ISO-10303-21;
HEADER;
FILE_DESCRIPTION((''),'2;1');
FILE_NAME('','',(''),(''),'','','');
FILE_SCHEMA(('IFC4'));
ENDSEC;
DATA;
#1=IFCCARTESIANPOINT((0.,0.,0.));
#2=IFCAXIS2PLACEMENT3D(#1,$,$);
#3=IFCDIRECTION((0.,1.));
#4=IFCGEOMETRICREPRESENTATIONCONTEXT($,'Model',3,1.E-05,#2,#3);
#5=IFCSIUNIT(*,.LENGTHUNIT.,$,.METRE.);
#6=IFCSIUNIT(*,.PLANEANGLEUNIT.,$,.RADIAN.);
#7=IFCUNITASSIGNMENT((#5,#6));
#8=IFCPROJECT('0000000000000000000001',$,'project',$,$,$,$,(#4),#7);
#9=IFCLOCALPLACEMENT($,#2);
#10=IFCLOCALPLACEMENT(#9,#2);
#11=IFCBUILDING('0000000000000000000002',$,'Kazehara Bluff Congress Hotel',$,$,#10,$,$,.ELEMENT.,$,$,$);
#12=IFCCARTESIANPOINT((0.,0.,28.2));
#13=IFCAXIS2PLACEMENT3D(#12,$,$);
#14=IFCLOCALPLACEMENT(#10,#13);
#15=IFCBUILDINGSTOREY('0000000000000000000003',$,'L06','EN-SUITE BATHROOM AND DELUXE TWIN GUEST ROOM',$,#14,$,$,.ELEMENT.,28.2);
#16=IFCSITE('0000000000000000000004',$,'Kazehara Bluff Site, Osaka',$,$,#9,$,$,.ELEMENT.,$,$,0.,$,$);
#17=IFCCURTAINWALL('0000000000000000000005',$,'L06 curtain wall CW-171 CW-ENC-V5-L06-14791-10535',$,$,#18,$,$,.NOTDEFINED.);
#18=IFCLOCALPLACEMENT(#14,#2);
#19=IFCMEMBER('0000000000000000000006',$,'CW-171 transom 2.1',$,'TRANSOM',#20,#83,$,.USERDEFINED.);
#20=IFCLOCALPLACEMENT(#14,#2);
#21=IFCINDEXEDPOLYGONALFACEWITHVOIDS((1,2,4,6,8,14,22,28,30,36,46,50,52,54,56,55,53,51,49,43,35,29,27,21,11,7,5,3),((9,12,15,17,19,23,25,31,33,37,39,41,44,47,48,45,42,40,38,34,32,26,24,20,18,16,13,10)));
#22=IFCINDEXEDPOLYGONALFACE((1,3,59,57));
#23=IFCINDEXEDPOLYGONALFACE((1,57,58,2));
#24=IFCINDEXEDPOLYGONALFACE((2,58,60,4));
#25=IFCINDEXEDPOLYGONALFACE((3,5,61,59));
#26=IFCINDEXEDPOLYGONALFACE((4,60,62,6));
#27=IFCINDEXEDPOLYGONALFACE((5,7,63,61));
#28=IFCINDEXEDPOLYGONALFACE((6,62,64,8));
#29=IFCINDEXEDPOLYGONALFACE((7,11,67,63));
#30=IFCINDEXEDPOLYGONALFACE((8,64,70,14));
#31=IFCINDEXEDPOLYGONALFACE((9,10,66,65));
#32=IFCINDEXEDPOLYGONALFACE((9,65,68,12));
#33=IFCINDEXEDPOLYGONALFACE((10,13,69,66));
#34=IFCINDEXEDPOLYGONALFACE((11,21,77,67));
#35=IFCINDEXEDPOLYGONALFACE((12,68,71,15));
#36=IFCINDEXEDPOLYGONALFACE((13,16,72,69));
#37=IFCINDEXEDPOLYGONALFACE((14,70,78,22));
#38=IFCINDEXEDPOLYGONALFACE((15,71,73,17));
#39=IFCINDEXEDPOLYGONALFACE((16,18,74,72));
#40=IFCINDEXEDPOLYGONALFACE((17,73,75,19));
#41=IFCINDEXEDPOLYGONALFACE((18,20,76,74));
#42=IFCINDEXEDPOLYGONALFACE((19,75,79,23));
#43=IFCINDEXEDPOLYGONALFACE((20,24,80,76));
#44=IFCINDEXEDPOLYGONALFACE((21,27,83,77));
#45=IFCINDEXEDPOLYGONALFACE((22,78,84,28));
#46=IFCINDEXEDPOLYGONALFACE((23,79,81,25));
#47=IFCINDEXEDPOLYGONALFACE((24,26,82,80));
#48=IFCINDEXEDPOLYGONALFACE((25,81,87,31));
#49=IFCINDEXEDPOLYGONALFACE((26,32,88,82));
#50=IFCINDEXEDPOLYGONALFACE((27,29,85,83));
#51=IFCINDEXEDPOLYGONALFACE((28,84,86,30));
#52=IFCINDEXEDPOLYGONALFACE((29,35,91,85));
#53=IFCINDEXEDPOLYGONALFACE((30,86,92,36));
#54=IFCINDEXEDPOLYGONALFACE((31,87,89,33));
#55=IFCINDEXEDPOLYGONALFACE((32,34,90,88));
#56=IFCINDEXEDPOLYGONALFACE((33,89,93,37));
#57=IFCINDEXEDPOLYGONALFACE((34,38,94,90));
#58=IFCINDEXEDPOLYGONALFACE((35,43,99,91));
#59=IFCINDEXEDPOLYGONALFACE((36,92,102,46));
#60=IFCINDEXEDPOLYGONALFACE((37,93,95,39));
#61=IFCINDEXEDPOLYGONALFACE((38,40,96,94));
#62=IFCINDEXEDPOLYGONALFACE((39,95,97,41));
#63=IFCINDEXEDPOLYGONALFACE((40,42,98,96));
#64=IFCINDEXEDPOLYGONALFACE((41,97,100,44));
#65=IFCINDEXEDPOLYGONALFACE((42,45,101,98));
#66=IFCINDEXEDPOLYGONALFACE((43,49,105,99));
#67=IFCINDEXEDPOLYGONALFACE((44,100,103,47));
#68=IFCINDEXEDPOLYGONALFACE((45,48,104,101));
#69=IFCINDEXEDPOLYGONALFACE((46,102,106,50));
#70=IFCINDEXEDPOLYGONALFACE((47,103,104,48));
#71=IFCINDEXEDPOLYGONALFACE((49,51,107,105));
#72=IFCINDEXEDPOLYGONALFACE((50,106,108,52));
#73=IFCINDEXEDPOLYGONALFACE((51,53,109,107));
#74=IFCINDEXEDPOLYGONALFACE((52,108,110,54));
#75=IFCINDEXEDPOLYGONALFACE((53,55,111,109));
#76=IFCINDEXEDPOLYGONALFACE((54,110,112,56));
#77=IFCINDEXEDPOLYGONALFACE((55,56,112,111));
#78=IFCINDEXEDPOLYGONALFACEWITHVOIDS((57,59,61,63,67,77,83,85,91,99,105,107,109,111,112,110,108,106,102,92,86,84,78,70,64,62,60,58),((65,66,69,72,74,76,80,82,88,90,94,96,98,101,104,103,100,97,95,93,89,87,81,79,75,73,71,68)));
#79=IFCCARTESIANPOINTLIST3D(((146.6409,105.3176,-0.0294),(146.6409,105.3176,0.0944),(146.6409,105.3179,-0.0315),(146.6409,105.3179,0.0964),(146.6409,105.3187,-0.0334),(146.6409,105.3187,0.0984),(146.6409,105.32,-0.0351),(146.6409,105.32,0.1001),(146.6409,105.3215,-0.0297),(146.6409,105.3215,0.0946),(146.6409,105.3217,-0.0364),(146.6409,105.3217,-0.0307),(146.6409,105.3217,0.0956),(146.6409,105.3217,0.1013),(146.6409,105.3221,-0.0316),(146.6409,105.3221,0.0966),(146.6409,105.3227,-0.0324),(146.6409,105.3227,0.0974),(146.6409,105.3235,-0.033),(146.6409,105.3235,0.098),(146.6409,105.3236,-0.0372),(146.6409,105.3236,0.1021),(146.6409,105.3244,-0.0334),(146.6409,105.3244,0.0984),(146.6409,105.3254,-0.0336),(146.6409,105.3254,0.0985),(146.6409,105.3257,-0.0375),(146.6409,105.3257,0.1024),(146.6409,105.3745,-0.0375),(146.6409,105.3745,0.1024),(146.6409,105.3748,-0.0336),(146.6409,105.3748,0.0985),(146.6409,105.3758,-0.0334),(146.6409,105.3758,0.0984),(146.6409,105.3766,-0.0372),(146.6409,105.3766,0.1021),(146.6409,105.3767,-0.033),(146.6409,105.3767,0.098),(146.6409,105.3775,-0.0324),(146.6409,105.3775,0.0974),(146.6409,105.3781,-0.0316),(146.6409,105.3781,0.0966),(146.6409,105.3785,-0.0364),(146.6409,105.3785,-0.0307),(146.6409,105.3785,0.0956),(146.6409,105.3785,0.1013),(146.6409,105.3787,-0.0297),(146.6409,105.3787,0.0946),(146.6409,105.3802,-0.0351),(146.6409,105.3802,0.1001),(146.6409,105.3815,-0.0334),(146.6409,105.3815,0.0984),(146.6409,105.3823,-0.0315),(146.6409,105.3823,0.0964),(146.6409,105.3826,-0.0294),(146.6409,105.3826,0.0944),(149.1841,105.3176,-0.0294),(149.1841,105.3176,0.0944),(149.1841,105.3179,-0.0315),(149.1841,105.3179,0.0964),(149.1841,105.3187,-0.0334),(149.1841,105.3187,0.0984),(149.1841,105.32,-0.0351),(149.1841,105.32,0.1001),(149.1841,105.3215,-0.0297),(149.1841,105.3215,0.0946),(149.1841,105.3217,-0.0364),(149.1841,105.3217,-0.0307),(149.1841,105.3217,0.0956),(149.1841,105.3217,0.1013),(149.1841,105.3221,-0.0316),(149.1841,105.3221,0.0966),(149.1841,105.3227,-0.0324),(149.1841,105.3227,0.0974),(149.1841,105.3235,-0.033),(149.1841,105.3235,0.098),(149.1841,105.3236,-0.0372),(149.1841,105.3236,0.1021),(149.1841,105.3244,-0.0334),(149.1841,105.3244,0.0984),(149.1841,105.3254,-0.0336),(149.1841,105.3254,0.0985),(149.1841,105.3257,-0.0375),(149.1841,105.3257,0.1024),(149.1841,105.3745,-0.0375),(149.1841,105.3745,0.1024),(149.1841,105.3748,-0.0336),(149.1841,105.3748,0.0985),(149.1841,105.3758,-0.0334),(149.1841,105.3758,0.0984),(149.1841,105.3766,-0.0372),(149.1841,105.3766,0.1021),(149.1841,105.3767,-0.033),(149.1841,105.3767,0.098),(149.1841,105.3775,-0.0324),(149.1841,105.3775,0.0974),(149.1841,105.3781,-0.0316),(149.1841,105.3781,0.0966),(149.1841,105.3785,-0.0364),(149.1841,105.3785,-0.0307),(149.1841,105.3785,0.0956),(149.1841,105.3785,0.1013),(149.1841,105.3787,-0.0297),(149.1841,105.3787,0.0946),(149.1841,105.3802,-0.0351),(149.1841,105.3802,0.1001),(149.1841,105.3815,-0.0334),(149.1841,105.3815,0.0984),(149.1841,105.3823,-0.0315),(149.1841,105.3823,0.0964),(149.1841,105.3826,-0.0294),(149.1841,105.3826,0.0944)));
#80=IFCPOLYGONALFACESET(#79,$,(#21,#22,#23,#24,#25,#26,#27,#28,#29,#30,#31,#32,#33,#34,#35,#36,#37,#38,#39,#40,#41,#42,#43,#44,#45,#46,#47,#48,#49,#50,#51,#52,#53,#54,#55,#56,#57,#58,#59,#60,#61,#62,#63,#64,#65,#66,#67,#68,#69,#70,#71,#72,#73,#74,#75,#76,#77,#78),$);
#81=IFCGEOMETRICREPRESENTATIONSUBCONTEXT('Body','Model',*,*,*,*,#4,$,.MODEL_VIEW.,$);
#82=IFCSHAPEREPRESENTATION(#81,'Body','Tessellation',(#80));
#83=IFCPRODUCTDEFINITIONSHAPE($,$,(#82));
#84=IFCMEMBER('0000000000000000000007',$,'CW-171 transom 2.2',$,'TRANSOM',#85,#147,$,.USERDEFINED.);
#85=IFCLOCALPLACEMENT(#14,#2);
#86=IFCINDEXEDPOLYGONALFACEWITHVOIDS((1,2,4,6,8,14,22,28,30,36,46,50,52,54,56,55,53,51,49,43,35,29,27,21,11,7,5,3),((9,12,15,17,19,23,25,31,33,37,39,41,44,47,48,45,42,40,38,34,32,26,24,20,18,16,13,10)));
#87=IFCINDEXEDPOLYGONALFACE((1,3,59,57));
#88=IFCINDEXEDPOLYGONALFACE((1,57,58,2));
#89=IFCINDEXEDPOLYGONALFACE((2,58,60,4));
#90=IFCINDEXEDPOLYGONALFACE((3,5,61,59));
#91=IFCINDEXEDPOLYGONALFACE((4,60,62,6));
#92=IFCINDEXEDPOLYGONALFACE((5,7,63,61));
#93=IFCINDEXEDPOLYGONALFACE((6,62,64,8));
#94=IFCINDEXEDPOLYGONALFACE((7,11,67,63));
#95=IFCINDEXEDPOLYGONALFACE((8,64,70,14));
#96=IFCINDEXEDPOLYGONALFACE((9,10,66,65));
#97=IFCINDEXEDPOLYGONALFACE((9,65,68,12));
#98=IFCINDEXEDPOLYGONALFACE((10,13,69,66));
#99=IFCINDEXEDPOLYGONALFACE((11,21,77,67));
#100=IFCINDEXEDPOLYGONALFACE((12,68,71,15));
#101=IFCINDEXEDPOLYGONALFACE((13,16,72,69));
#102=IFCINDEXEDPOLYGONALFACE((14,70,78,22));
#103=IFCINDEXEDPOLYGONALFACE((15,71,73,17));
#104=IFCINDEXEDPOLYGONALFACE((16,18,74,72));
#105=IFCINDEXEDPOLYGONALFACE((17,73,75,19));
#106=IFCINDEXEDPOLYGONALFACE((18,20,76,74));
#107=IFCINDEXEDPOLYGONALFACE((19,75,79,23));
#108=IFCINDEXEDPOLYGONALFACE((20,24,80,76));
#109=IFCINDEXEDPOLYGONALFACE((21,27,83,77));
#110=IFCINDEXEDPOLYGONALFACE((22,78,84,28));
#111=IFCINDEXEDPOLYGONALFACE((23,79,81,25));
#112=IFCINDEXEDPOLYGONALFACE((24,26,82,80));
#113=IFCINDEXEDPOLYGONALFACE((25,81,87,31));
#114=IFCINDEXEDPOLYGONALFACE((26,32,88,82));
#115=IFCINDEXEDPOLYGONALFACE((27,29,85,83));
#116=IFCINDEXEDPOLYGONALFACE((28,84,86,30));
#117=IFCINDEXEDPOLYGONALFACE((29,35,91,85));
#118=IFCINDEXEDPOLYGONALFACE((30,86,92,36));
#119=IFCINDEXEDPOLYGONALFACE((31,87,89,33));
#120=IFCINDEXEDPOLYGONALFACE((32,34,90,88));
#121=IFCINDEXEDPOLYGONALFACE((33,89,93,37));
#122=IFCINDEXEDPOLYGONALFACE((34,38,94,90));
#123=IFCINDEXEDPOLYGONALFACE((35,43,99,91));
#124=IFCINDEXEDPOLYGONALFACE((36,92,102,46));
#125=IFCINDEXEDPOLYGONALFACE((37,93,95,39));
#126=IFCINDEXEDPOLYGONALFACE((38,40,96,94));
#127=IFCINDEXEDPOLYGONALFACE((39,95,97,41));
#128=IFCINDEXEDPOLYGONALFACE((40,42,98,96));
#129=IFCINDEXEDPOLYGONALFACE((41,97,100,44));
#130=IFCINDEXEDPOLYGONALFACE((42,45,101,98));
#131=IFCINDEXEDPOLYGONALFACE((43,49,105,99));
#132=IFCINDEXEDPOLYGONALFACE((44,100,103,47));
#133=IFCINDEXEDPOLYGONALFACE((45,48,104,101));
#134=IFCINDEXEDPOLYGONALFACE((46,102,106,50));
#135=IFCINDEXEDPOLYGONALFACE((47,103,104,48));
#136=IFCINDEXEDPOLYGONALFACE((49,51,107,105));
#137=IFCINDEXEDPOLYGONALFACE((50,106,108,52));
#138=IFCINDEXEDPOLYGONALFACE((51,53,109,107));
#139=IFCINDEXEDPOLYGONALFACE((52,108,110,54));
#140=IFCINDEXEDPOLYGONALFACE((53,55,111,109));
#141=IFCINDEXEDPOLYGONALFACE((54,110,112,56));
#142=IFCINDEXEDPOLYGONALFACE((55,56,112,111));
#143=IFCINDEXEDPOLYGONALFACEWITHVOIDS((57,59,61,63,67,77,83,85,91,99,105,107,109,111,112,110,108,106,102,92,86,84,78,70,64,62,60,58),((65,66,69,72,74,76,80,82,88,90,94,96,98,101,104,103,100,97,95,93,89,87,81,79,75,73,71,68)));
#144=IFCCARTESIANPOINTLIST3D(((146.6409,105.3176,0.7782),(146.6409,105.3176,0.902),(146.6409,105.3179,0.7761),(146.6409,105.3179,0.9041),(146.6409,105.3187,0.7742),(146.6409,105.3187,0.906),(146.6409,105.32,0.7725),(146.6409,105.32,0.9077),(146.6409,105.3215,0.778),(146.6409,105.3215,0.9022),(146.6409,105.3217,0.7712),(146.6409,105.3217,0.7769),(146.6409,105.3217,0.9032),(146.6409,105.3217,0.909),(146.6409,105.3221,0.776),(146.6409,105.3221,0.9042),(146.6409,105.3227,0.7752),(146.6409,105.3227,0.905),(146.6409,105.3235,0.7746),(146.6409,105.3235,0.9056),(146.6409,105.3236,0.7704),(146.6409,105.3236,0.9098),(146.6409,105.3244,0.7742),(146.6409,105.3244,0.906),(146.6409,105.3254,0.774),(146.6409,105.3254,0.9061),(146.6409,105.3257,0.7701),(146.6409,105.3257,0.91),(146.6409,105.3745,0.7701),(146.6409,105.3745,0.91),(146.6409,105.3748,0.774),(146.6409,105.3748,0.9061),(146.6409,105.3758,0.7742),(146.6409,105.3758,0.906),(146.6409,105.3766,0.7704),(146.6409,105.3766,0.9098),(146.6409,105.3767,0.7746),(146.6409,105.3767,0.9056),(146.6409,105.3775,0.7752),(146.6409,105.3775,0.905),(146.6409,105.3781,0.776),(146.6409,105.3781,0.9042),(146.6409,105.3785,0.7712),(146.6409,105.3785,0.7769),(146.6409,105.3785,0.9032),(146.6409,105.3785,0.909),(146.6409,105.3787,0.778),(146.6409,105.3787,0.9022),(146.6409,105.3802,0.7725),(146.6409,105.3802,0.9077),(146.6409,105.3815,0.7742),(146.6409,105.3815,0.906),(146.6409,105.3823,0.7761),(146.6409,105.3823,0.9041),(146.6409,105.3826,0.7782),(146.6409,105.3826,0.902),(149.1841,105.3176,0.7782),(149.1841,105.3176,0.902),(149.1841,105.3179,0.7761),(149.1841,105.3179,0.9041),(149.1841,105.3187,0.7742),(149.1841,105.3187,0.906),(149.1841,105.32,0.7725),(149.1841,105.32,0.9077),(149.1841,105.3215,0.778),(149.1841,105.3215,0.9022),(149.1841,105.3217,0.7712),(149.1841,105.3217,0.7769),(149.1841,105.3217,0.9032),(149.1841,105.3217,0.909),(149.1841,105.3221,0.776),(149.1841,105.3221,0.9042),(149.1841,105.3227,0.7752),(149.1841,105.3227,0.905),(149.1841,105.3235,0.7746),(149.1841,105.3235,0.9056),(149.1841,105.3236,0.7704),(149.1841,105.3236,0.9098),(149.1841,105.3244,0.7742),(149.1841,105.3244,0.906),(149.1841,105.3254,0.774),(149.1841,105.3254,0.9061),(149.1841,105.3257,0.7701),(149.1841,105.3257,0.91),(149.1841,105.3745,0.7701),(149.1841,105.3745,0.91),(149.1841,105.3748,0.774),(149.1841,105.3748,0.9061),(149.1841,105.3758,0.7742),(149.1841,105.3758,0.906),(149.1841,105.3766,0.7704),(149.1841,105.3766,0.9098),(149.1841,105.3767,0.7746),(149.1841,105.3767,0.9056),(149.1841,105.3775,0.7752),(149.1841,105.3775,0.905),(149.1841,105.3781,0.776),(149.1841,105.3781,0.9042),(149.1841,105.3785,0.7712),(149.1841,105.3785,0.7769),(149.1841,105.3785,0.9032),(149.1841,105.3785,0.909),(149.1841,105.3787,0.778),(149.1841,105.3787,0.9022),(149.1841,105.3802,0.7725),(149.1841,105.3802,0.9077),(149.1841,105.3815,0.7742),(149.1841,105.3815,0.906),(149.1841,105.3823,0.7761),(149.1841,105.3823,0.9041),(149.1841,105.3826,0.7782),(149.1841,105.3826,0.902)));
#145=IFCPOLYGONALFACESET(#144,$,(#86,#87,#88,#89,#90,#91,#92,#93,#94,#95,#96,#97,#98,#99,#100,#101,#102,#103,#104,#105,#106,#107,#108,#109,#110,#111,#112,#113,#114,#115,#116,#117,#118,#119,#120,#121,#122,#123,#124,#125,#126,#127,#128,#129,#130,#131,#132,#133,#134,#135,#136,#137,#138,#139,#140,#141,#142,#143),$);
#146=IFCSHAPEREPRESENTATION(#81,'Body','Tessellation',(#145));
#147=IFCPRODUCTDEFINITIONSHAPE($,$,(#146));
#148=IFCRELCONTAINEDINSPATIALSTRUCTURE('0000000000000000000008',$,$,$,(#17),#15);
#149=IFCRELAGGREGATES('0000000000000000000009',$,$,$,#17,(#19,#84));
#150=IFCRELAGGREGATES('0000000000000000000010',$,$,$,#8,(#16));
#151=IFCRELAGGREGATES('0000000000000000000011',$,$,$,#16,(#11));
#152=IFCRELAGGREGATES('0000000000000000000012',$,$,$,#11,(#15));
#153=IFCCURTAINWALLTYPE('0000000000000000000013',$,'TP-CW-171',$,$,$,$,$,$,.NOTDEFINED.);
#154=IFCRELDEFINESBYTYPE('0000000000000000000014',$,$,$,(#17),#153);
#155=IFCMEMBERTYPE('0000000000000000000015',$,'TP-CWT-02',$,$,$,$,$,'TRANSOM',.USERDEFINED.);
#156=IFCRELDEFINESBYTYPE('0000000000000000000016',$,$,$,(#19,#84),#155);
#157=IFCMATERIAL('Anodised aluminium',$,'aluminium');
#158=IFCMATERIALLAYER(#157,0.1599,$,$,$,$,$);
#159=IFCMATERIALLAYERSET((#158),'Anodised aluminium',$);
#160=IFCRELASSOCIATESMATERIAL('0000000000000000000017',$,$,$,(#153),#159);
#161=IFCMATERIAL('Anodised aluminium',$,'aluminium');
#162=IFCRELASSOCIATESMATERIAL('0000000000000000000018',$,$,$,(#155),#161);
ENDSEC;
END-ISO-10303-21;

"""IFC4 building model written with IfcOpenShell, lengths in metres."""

from ifc_helpers import new_model, si_unit, direction, frame, origin, origin_2d, place, context, subcontext, project, spatial, hollow_rectangle, extrude, material, layer, layer_set, material_profile, profile_set, type_object, element, aggregate, save


model = new_model("IFC4")

# Units and contexts
model_context = context("Model", 3, precision=1e-05, world=origin(), true_north=direction((0.0, 1.0)))
body_context = subcontext(model_context, "Body", "Model", "MODEL_VIEW")
ifc_project = project(units=[si_unit("LENGTHUNIT", "METRE"), si_unit("PLANEANGLEUNIT", "RADIAN")], contexts=[model_context])

# Site, building, storey
site_placement = place(None, origin())
site = spatial("IfcSite", under=ifc_project, at=site_placement, Name="Kazehara Bluff Site, Osaka", CompositionType="ELEMENT", RefElevation=0.0)
building_placement = place(site_placement, origin())
building = spatial("IfcBuilding", under=site, at=building_placement, Name="Kazehara Bluff Congress Hotel", CompositionType="ELEMENT")
storey_placement = place(building_placement, frame((0.0, 0.0, 28.2)))
storey = spatial("IfcBuildingStorey", under=building, at=storey_placement, Name="L06", Description="EN-SUITE BATHROOM AND DELUXE TWIN GUEST ROOM", CompositionType="ELEMENT", Elevation=28.2)

# Curtain wall, members
ifc_material_1 = material(Name="Anodised aluminium", Category="aluminium")
ifc_layer_1 = layer(ifc_material_1, 0.1599)
ifc_layer_set_1 = layer_set([ifc_layer_1], Name="Anodised aluminium")
curtain_wall_type = type_object("IfcCurtainWallType", Name="TP-CW-171", PredefinedType="NOTDEFINED", material=ifc_layer_set_1)
curtain_wall_placement = place(storey_placement, origin())
curtain_wall = element("IfcCurtainWall", 1, at=curtain_wall_placement, inside=storey, type_object=curtain_wall_type, Name="L06 curtain wall CW-171 CW-ENC-V5-L06-14791-10535", PredefinedType="NOTDEFINED")
ifc_material_2 = material(Name="Anodised aluminium", Category="aluminium")
ifc_material_profile_1 = material_profile(ifc_material_2, hollow_rectangle(XDim=0.0649, YDim=0.1399, WallThickness=0.0039, InnerFilletRadius=0.0039, OuterFilletRadius=0.0081, at=origin_2d()))
ifc_profile_set_1 = profile_set([ifc_material_profile_1], Name="Anodised aluminium")
member_type_1 = type_object("IfcMemberType", Name="TP-CWT-02", ElementType="TRANSOM", PredefinedType="USERDEFINED", material=ifc_profile_set_1)
member_1_placement = place(storey_placement, frame((146.6409, 105.3501, 0.0325), z_axis=(1.0, 0.0, 0.0), x_axis=(0.0, 1.0, 0.0)))
member_1 = element("IfcMember", 2, at=member_1_placement, type_object=member_type_1, Name="CW-171 transom 2.1", ObjectType="TRANSOM", PredefinedType="USERDEFINED", context=body_context, shape_type="SweptSolid", body=[
    extrude(hollow_rectangle(XDim=0.0649, YDim=0.1399, WallThickness=0.0039, InnerFilletRadius=0.0039, OuterFilletRadius=0.0081, at=origin_2d()), origin(), (0.0, 0.0, 1.0), 2.5432),
])
member_2_placement = place(storey_placement, frame((146.6409, 105.3501, 0.8401), z_axis=(1.0, 0.0, 0.0), x_axis=(0.0, 1.0, 0.0)))
member_2 = element("IfcMember", 3, at=member_2_placement, type_object=member_type_1, Name="CW-171 transom 2.2", ObjectType="TRANSOM", PredefinedType="USERDEFINED", context=body_context, shape_type="SweptSolid", body=[
    extrude(hollow_rectangle(XDim=0.0649, YDim=0.1399, WallThickness=0.0039, InnerFilletRadius=0.0039, OuterFilletRadius=0.0081, at=origin_2d()), origin(), (0.0, 0.0, 1.0), 2.5432),
])

aggregate(curtain_wall, [member_1, member_2])

save(model, "model.ifc")
